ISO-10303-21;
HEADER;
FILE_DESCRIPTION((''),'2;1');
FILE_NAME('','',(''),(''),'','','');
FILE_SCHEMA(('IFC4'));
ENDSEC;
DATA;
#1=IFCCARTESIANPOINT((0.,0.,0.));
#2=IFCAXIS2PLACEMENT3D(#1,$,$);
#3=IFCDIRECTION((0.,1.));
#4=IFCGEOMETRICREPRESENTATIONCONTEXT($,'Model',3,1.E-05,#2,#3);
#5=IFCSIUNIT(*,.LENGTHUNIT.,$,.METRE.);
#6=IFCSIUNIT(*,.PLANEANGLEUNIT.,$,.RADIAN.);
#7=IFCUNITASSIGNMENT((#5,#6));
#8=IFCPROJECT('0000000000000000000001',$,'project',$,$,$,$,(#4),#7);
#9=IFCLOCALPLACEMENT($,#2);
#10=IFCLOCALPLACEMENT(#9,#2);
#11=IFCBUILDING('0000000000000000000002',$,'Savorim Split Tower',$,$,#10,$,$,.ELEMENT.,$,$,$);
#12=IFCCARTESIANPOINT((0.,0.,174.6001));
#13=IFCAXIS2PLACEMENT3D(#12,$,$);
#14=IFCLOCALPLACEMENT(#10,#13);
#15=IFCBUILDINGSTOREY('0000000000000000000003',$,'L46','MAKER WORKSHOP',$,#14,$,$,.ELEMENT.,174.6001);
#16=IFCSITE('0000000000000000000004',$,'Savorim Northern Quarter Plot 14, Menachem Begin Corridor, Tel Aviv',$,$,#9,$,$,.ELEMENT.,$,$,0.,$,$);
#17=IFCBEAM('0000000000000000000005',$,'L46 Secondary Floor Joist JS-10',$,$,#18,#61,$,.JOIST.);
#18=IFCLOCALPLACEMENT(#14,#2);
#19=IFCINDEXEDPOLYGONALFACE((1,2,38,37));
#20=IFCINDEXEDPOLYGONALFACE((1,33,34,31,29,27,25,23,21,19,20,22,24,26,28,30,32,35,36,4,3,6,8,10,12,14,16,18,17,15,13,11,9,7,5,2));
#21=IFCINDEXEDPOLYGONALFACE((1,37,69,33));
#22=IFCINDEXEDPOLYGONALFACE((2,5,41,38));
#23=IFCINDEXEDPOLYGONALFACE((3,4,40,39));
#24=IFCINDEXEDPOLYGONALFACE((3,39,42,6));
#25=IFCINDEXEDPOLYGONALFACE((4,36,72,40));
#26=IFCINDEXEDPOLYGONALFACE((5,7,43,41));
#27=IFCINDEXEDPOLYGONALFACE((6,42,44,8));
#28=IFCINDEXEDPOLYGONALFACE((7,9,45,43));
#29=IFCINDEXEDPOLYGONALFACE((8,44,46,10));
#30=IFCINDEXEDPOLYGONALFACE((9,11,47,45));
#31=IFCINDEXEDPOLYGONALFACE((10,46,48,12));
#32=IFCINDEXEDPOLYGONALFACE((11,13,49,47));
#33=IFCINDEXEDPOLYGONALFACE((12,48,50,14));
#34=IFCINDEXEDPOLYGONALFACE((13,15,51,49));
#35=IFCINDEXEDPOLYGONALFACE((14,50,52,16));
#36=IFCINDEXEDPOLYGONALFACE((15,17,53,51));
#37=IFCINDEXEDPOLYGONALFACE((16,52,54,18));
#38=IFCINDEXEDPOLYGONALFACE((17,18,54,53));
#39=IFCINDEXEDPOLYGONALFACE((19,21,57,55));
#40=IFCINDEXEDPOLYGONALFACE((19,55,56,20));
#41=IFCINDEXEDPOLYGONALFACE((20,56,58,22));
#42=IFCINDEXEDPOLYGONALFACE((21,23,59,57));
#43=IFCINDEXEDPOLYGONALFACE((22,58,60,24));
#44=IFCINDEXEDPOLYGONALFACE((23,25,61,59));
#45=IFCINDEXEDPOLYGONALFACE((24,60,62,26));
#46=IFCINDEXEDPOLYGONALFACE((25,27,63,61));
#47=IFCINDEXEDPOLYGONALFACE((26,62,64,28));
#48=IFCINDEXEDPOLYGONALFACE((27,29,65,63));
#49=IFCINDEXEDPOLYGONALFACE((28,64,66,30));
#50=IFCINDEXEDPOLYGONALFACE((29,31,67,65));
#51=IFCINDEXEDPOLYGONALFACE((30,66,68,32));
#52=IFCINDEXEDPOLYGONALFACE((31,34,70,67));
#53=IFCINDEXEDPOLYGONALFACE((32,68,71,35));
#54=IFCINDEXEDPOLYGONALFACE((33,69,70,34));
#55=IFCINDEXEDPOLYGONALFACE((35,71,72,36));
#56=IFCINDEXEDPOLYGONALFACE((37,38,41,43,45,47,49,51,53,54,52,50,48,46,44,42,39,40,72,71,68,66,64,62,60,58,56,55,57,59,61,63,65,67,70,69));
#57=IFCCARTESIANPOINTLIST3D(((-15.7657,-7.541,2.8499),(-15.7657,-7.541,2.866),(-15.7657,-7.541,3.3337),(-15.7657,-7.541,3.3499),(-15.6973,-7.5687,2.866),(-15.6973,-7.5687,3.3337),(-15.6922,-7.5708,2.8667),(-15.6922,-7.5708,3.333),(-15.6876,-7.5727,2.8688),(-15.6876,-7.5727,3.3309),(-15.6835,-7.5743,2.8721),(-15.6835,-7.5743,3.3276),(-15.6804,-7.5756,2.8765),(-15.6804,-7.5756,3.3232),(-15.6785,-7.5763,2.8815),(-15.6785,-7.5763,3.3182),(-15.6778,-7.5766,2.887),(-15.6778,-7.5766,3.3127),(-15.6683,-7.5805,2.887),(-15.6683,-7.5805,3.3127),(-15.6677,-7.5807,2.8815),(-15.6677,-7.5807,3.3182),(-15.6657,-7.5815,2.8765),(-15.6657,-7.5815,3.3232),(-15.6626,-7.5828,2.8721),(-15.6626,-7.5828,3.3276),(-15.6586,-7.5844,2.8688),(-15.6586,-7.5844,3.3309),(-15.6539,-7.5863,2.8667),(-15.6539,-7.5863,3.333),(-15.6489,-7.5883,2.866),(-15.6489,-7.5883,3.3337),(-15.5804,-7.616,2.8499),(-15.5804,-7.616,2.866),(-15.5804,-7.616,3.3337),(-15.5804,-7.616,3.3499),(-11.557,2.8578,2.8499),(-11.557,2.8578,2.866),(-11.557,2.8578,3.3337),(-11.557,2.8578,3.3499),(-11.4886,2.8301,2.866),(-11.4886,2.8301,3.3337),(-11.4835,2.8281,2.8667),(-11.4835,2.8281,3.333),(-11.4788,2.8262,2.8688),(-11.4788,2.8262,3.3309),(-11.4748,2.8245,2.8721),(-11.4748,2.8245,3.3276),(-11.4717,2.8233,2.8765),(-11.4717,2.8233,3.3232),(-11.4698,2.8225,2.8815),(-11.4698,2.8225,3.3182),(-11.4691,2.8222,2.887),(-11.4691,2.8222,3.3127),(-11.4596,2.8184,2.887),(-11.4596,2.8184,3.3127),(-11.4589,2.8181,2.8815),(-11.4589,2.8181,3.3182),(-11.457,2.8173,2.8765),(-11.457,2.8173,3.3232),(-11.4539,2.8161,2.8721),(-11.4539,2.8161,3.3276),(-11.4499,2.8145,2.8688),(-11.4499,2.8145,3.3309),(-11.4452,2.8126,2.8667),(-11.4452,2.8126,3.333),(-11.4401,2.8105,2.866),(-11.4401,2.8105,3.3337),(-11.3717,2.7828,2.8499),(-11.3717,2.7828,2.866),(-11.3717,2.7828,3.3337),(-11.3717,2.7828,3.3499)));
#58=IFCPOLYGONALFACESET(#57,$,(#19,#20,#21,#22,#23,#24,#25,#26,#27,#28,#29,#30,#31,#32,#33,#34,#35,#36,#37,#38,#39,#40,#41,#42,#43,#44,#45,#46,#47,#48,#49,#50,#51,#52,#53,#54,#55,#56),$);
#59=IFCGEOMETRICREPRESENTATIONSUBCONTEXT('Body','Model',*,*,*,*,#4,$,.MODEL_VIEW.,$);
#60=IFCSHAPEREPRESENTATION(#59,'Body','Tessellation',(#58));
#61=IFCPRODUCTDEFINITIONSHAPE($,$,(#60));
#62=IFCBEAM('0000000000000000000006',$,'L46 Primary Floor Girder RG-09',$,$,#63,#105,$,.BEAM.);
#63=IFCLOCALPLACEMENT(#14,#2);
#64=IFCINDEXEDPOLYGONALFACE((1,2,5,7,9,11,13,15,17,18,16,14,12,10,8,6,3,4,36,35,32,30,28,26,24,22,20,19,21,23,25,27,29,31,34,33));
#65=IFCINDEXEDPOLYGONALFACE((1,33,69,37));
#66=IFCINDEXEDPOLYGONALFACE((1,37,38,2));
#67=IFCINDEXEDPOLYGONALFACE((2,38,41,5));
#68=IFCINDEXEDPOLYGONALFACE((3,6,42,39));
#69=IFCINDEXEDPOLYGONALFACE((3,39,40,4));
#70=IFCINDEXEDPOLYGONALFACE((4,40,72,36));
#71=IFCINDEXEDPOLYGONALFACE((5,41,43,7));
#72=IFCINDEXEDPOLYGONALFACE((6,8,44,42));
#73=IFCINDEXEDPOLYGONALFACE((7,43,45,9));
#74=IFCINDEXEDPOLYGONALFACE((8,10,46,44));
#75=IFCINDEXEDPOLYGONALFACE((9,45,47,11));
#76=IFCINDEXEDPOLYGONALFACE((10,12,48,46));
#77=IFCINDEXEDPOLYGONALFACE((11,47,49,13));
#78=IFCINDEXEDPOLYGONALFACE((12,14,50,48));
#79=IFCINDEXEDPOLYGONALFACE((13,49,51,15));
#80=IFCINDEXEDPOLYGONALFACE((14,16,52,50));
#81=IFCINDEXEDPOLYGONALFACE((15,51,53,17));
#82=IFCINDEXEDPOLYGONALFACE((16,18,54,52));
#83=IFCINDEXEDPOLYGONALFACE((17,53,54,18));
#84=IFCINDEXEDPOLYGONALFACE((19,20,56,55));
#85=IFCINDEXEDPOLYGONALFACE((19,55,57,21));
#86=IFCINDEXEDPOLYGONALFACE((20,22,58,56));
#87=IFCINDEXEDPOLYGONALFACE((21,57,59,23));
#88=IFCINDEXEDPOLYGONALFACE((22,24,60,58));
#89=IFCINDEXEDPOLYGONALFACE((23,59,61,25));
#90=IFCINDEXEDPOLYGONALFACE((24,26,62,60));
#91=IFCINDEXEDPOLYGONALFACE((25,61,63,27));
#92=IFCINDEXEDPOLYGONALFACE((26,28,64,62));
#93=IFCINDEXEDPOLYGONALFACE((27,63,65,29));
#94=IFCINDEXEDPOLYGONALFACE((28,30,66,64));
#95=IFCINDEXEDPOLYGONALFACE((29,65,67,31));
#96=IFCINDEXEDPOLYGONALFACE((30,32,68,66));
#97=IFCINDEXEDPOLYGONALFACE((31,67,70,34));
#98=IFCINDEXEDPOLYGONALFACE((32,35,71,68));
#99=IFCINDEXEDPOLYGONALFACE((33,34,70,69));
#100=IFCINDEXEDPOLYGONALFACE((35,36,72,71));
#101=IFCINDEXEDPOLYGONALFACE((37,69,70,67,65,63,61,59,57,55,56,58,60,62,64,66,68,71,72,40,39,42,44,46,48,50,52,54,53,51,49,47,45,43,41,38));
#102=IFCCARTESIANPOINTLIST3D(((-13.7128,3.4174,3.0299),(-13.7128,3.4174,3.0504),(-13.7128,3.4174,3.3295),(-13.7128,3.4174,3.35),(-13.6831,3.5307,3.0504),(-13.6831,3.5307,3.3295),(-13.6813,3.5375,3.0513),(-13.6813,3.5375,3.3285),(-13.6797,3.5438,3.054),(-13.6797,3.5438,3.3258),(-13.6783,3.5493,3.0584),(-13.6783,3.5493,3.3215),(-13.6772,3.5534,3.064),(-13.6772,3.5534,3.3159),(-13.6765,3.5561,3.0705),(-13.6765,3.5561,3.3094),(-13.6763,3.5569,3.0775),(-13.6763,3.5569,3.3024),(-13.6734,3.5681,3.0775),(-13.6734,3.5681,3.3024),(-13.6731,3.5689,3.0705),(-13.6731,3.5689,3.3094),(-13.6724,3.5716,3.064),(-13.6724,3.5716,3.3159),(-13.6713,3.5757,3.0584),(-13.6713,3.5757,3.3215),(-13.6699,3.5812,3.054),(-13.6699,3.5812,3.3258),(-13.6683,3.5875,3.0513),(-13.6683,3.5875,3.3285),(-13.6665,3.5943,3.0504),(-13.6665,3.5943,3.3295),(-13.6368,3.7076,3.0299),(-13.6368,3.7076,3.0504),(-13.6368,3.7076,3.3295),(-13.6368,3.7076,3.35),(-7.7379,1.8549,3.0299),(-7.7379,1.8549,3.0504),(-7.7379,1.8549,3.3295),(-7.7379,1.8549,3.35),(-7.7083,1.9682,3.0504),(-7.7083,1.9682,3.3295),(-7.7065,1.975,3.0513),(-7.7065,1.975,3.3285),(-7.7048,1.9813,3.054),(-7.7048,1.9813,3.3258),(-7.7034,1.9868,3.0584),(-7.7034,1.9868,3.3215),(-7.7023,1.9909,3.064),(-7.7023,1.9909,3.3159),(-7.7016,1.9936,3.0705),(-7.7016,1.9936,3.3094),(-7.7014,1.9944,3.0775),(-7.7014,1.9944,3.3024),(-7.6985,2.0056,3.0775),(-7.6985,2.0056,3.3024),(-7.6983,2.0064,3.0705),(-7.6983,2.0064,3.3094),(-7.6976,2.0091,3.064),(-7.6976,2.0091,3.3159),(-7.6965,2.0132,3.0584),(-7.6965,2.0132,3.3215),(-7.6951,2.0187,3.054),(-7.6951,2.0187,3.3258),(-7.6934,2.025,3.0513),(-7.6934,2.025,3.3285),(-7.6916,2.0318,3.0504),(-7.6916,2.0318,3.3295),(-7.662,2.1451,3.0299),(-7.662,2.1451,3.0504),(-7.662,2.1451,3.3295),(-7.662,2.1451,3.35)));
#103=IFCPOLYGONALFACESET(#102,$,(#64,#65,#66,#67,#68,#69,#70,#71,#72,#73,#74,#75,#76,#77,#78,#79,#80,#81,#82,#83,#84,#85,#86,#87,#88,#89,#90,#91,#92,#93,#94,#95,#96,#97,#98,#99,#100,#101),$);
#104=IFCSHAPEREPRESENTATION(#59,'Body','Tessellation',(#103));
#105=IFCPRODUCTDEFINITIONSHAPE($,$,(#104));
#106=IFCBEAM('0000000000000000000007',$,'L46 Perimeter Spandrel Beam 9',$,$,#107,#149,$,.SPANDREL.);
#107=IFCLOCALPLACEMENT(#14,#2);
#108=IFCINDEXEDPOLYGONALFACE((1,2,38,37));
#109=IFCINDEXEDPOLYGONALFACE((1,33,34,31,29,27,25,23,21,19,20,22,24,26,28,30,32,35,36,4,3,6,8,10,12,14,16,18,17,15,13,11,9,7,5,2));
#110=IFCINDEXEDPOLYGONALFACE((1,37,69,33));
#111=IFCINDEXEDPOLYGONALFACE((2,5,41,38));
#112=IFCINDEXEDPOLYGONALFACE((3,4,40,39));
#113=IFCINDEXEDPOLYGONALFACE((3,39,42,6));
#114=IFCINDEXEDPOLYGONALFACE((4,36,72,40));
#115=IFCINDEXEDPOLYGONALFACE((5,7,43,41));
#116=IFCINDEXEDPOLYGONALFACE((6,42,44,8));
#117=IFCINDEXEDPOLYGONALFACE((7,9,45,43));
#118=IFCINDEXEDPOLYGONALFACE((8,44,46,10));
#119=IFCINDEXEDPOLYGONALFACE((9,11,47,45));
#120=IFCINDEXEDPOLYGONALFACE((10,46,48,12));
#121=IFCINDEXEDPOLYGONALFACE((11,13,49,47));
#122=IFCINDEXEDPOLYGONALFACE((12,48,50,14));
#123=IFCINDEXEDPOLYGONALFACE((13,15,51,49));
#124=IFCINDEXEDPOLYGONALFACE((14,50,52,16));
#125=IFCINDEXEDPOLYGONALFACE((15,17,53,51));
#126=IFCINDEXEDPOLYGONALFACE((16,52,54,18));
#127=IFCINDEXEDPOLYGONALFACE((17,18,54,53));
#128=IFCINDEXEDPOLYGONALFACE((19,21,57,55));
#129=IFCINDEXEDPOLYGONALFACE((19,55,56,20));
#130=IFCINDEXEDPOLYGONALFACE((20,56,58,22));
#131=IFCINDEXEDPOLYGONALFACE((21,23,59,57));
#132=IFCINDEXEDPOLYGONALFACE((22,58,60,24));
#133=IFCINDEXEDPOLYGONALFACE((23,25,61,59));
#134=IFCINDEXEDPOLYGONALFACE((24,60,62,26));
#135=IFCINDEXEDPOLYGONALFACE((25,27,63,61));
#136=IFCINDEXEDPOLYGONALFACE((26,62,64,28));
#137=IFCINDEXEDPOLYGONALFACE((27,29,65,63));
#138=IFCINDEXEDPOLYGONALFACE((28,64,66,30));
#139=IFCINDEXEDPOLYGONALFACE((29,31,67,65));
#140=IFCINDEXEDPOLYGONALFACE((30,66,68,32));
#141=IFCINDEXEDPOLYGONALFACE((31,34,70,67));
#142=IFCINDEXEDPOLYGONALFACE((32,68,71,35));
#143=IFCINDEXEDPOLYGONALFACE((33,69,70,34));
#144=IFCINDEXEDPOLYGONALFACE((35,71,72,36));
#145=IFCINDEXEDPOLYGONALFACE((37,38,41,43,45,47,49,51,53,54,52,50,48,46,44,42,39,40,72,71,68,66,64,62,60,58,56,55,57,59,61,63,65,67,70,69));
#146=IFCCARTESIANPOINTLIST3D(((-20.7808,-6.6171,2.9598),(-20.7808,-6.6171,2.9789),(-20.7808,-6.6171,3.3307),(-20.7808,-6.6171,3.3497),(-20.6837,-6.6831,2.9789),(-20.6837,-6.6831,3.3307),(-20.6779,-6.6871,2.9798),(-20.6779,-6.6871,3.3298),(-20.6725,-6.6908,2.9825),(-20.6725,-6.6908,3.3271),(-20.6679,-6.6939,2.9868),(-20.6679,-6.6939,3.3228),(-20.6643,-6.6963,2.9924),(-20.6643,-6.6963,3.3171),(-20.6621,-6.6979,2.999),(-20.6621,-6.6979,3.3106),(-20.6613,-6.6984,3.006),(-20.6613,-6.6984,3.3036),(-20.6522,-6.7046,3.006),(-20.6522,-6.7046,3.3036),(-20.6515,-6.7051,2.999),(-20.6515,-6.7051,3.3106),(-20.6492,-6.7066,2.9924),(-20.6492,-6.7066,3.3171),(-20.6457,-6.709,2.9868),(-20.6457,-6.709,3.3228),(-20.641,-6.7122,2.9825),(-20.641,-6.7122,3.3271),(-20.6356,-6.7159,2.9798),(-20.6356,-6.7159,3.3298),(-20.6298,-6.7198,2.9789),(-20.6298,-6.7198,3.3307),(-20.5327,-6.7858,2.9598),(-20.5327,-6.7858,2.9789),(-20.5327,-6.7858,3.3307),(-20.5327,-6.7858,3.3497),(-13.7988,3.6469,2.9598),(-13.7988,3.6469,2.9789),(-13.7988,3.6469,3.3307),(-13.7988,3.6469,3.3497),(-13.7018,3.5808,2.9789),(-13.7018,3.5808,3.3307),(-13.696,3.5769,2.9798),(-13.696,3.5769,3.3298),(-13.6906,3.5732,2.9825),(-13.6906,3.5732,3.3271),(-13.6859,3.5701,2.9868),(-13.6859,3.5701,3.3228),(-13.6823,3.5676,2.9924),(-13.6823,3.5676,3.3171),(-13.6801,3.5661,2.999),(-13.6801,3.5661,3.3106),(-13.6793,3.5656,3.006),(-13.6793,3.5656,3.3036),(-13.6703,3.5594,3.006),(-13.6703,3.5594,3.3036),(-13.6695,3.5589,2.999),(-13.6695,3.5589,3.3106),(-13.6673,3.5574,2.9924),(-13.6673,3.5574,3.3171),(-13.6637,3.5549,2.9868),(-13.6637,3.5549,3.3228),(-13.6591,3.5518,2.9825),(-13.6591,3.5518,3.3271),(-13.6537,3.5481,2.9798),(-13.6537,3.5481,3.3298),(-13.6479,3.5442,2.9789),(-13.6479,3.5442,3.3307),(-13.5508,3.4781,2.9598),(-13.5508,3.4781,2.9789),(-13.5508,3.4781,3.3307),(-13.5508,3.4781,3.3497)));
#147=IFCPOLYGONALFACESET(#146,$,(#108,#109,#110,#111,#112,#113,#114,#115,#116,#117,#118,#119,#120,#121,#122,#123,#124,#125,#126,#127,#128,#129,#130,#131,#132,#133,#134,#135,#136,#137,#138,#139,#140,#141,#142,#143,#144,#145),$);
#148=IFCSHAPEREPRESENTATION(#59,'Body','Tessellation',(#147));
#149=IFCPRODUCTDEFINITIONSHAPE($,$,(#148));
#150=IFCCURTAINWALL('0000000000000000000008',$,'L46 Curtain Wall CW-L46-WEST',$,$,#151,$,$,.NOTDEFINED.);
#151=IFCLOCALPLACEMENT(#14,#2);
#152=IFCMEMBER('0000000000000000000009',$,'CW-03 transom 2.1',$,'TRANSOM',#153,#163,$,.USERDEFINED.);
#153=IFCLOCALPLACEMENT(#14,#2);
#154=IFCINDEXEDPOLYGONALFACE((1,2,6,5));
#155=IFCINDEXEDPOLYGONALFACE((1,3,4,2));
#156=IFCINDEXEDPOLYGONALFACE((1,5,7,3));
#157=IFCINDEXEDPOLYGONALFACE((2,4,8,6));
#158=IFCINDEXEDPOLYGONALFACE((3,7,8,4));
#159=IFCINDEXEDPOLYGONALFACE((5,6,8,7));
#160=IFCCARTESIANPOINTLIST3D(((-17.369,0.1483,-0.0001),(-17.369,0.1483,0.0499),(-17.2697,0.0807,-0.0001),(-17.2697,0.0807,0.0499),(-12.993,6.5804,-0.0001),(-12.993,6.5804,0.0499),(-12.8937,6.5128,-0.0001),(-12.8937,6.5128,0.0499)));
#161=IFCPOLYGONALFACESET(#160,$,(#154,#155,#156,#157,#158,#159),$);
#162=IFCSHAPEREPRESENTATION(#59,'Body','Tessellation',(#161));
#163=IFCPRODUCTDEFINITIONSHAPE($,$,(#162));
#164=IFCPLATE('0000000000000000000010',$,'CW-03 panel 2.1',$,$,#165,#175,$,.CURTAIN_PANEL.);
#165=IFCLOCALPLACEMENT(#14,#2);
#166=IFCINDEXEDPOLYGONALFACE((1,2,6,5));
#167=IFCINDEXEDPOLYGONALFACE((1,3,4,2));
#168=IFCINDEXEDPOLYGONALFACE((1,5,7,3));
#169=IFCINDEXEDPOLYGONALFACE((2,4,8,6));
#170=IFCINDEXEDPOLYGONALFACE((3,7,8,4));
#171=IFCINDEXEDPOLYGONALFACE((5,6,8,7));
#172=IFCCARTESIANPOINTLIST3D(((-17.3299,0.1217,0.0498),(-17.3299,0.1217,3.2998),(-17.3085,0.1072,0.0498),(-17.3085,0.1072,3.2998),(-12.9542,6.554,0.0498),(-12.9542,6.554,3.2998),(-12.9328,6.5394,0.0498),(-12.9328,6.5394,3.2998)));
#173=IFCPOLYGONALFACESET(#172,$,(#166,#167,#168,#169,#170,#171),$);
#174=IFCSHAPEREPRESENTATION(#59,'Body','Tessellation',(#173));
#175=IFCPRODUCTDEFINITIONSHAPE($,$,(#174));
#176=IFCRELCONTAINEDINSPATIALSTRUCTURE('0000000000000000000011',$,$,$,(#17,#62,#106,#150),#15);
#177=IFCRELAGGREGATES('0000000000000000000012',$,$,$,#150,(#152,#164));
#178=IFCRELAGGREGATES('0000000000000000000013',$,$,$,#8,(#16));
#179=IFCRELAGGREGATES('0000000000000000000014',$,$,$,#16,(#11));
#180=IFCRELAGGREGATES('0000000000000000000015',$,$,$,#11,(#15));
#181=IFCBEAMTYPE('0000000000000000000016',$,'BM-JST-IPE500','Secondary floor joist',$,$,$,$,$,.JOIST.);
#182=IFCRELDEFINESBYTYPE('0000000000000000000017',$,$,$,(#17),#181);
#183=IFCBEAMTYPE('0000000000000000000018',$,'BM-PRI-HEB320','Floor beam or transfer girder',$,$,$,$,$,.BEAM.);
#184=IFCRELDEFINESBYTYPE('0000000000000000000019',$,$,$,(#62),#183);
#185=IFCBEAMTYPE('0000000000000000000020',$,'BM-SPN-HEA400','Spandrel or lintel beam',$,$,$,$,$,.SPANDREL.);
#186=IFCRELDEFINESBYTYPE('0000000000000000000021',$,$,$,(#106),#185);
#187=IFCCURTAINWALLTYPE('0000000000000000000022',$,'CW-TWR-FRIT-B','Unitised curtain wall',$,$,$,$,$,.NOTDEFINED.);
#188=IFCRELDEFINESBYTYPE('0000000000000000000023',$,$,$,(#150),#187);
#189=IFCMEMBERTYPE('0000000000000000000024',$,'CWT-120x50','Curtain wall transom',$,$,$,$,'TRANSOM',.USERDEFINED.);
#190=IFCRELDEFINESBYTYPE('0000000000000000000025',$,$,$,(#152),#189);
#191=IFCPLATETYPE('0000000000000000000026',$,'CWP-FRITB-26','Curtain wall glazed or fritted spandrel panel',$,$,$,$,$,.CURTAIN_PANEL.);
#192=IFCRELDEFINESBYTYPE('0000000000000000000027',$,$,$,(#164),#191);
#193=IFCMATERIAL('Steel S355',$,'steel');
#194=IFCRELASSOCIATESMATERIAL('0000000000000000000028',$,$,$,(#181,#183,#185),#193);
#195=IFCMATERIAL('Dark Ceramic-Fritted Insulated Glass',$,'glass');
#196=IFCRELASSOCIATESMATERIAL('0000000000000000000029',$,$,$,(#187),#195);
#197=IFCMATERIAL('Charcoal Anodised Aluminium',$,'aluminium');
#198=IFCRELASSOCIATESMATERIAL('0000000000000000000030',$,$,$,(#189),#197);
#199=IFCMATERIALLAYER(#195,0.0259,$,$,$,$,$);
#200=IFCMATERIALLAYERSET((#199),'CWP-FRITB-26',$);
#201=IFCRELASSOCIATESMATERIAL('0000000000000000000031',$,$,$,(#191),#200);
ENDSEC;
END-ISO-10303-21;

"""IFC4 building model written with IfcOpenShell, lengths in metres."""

from ifc_helpers import new_model, si_unit, direction, frame, origin, origin_2d, place, context, subcontext, project, spatial, rectangle, i_section, extrude, material, layer, layer_set, material_profile, profile_set, type_object, element, aggregate, save


model = new_model("IFC4")

# Units and contexts
model_context = context("Model", 3, precision=1e-05, world=origin(), true_north=direction((0.0, 1.0)))
body_context = subcontext(model_context, "Body", "Model", "MODEL_VIEW")
ifc_project = project(units=[si_unit("LENGTHUNIT", "METRE"), si_unit("PLANEANGLEUNIT", "RADIAN")], contexts=[model_context])

# Site, building, storey
site_placement = place(None, origin())
site = spatial("IfcSite", under=ifc_project, at=site_placement, Name="Savorim Northern Quarter Plot 14, Menachem Begin Corridor, Tel Aviv", CompositionType="ELEMENT", RefElevation=0.0)
building_placement = place(site_placement, origin())
building = spatial("IfcBuilding", under=site, at=building_placement, Name="Savorim Split Tower", CompositionType="ELEMENT")
storey_placement = place(building_placement, frame((0.0, 0.0, 174.6001)))
storey = spatial("IfcBuildingStorey", under=building, at=storey_placement, Name="L46", Description="MAKER WORKSHOP", CompositionType="ELEMENT", Elevation=174.6001)

# Beams
ifc_material_1 = material(Name="Steel S355", Category="steel")
ifc_material_profile_1 = material_profile(ifc_material_1, i_section(OverallWidth=0.2, OverallDepth=0.5, WebThickness=0.0103, FlangeThickness=0.0161, FilletRadius=0.021, at=origin_2d()), Name="IPE 500")
ifc_profile_set_1 = profile_set([ifc_material_profile_1], Name="Steel S355")
beam_type_1 = type_object("IfcBeamType", Name="BM-JST-IPE500", Description="Secondary floor joist", PredefinedType="JOIST", material=ifc_profile_set_1)
beam_1_placement = place(storey_placement, frame((-11.4644, 2.8203, 3.0999), z_axis=(-0.375166, -0.926958, 0.0), x_axis=(0.926958, -0.375166, 0.0)))
element("IfcBeam", 1, at=beam_1_placement, inside=storey, type_object=beam_type_1, Name="L46 Secondary Floor Joist JS-10", PredefinedType="JOIST", context=body_context, shape_type="SweptSolid", body=[
    extrude(i_section(OverallWidth=0.2, OverallDepth=0.5, WebThickness=0.0103, FlangeThickness=0.0161, FilletRadius=0.021, at=origin_2d()), origin(), (0.0, 0.0, 1.0), 11.2183),
])
ifc_material_profile_2 = material_profile(ifc_material_1, i_section(OverallWidth=0.3, OverallDepth=0.3201, WebThickness=0.0115, FlangeThickness=0.0205, FilletRadius=0.0271, at=origin_2d()), Name="HEB 320")
ifc_profile_set_2 = profile_set([ifc_material_profile_2], Name="Steel S355")
beam_type_2 = type_object("IfcBeamType", Name="BM-PRI-HEB320", Description="Floor beam or transfer girder", PredefinedType="BEAM", material=ifc_profile_set_2)
beam_2_placement = place(storey_placement, frame((-13.6748, 3.5625, 3.1899), z_axis=(0.967465, -0.253004, 0.0), x_axis=(0.253004, 0.967465, 0.0)))
element("IfcBeam", 2, at=beam_2_placement, inside=storey, type_object=beam_type_2, Name="L46 Primary Floor Girder RG-09", PredefinedType="BEAM", context=body_context, shape_type="SweptSolid", body=[
    extrude(i_section(OverallWidth=0.3, OverallDepth=0.3201, WebThickness=0.0115, FlangeThickness=0.0205, FilletRadius=0.0271, at=origin_2d()), origin(), (0.0, 0.0, 1.0), 6.1758),
])
ifc_material_profile_3 = material_profile(ifc_material_1, i_section(OverallWidth=0.3, OverallDepth=0.3899, WebThickness=0.011, FlangeThickness=0.019, FilletRadius=0.0271, at=origin_2d()), Name="HEA 400")
ifc_profile_set_3 = profile_set([ifc_material_profile_3], Name="Steel S355")
beam_type_3 = type_object("IfcBeamType", Name="BM-SPN-HEA400", Description="Spandrel or lintel beam", PredefinedType="SPANDREL", material=ifc_profile_set_3)
beam_3_placement = place(storey_placement, frame((-13.6748, 3.5625, 3.1548), z_axis=(-0.562446, -0.826834, 0.0), x_axis=(0.826834, -0.562446, 0.0)))
element("IfcBeam", 3, at=beam_3_placement, inside=storey, type_object=beam_type_3, Name="L46 Perimeter Spandrel Beam 9", PredefinedType="SPANDREL", context=body_context, shape_type="SweptSolid", body=[
    extrude(i_section(OverallWidth=0.3, OverallDepth=0.3899, WebThickness=0.011, FlangeThickness=0.019, FilletRadius=0.0271, at=origin_2d()), origin(), (0.0, 0.0, 1.0), 12.4136),
])

# Curtain wall, member, plate
ifc_material_2 = material(Name="Dark Ceramic-Fritted Insulated Glass", Category="glass")
curtain_wall_type = type_object("IfcCurtainWallType", Name="CW-TWR-FRIT-B", Description="Unitised curtain wall", PredefinedType="NOTDEFINED", material=ifc_material_2)
curtain_wall_placement = place(storey_placement, origin())
curtain_wall = element("IfcCurtainWall", 4, at=curtain_wall_placement, inside=storey, type_object=curtain_wall_type, Name="L46 Curtain Wall CW-L46-WEST", PredefinedType="NOTDEFINED")
ifc_material_3 = material(Name="Charcoal Anodised Aluminium", Category="aluminium")
ifc_material_profile_4 = material_profile(ifc_material_3, rectangle(XDim=0.1201, YDim=0.05, at=origin_2d()), Name="ALU-T 120x50")
ifc_profile_set_4 = profile_set([ifc_material_profile_4], Name="Charcoal Anodised Aluminium")
member_type = type_object("IfcMemberType", Name="CWT-120x50", Description="Curtain wall transom", ElementType="TRANSOM", PredefinedType="USERDEFINED", material=ifc_profile_set_4)
member_placement = place(storey_placement, frame((-12.9434, 6.5466, 0.0249), z_axis=(-0.562497, -0.826799, 0.0), x_axis=(0.826799, -0.562497, 0.0)))
member = element("IfcMember", 5, at=member_placement, type_object=member_type, Name="CW-03 transom 2.1", ObjectType="TRANSOM", PredefinedType="USERDEFINED", context=body_context, shape_type="SweptSolid", body=[
    extrude(rectangle(XDim=0.1201, YDim=0.05, at=origin_2d()), origin(), (0.0, 0.0, 1.0), 7.7795),
])
ifc_layer_1 = layer(ifc_material_2, 0.0259)
ifc_layer_set_1 = layer_set([ifc_layer_1], Name="CWP-FRITB-26")
plate_type = type_object("IfcPlateType", Name="CWP-FRITB-26", Description="Curtain wall glazed or fritted spandrel panel", PredefinedType="CURTAIN_PANEL", material=ifc_layer_set_1)
plate_placement = place(storey_placement, frame((-15.1313, 3.3306, 0.0498), z_axis=(0.0, 0.0, 1.0), x_axis=(-0.562468, -0.826819, 0.0)))
plate = element("IfcPlate", 6, at=plate_placement, type_object=plate_type, Name="CW-03 panel 2.1", PredefinedType="CURTAIN_PANEL", context=body_context, shape_type="SweptSolid", body=[
    extrude(rectangle(XDim=7.7795, YDim=0.0259, at=origin_2d()), origin(), (0.0, 0.0, 1.0), 3.25),
])
aggregate(curtain_wall, [member, plate])

save(model, "model.ifc")
